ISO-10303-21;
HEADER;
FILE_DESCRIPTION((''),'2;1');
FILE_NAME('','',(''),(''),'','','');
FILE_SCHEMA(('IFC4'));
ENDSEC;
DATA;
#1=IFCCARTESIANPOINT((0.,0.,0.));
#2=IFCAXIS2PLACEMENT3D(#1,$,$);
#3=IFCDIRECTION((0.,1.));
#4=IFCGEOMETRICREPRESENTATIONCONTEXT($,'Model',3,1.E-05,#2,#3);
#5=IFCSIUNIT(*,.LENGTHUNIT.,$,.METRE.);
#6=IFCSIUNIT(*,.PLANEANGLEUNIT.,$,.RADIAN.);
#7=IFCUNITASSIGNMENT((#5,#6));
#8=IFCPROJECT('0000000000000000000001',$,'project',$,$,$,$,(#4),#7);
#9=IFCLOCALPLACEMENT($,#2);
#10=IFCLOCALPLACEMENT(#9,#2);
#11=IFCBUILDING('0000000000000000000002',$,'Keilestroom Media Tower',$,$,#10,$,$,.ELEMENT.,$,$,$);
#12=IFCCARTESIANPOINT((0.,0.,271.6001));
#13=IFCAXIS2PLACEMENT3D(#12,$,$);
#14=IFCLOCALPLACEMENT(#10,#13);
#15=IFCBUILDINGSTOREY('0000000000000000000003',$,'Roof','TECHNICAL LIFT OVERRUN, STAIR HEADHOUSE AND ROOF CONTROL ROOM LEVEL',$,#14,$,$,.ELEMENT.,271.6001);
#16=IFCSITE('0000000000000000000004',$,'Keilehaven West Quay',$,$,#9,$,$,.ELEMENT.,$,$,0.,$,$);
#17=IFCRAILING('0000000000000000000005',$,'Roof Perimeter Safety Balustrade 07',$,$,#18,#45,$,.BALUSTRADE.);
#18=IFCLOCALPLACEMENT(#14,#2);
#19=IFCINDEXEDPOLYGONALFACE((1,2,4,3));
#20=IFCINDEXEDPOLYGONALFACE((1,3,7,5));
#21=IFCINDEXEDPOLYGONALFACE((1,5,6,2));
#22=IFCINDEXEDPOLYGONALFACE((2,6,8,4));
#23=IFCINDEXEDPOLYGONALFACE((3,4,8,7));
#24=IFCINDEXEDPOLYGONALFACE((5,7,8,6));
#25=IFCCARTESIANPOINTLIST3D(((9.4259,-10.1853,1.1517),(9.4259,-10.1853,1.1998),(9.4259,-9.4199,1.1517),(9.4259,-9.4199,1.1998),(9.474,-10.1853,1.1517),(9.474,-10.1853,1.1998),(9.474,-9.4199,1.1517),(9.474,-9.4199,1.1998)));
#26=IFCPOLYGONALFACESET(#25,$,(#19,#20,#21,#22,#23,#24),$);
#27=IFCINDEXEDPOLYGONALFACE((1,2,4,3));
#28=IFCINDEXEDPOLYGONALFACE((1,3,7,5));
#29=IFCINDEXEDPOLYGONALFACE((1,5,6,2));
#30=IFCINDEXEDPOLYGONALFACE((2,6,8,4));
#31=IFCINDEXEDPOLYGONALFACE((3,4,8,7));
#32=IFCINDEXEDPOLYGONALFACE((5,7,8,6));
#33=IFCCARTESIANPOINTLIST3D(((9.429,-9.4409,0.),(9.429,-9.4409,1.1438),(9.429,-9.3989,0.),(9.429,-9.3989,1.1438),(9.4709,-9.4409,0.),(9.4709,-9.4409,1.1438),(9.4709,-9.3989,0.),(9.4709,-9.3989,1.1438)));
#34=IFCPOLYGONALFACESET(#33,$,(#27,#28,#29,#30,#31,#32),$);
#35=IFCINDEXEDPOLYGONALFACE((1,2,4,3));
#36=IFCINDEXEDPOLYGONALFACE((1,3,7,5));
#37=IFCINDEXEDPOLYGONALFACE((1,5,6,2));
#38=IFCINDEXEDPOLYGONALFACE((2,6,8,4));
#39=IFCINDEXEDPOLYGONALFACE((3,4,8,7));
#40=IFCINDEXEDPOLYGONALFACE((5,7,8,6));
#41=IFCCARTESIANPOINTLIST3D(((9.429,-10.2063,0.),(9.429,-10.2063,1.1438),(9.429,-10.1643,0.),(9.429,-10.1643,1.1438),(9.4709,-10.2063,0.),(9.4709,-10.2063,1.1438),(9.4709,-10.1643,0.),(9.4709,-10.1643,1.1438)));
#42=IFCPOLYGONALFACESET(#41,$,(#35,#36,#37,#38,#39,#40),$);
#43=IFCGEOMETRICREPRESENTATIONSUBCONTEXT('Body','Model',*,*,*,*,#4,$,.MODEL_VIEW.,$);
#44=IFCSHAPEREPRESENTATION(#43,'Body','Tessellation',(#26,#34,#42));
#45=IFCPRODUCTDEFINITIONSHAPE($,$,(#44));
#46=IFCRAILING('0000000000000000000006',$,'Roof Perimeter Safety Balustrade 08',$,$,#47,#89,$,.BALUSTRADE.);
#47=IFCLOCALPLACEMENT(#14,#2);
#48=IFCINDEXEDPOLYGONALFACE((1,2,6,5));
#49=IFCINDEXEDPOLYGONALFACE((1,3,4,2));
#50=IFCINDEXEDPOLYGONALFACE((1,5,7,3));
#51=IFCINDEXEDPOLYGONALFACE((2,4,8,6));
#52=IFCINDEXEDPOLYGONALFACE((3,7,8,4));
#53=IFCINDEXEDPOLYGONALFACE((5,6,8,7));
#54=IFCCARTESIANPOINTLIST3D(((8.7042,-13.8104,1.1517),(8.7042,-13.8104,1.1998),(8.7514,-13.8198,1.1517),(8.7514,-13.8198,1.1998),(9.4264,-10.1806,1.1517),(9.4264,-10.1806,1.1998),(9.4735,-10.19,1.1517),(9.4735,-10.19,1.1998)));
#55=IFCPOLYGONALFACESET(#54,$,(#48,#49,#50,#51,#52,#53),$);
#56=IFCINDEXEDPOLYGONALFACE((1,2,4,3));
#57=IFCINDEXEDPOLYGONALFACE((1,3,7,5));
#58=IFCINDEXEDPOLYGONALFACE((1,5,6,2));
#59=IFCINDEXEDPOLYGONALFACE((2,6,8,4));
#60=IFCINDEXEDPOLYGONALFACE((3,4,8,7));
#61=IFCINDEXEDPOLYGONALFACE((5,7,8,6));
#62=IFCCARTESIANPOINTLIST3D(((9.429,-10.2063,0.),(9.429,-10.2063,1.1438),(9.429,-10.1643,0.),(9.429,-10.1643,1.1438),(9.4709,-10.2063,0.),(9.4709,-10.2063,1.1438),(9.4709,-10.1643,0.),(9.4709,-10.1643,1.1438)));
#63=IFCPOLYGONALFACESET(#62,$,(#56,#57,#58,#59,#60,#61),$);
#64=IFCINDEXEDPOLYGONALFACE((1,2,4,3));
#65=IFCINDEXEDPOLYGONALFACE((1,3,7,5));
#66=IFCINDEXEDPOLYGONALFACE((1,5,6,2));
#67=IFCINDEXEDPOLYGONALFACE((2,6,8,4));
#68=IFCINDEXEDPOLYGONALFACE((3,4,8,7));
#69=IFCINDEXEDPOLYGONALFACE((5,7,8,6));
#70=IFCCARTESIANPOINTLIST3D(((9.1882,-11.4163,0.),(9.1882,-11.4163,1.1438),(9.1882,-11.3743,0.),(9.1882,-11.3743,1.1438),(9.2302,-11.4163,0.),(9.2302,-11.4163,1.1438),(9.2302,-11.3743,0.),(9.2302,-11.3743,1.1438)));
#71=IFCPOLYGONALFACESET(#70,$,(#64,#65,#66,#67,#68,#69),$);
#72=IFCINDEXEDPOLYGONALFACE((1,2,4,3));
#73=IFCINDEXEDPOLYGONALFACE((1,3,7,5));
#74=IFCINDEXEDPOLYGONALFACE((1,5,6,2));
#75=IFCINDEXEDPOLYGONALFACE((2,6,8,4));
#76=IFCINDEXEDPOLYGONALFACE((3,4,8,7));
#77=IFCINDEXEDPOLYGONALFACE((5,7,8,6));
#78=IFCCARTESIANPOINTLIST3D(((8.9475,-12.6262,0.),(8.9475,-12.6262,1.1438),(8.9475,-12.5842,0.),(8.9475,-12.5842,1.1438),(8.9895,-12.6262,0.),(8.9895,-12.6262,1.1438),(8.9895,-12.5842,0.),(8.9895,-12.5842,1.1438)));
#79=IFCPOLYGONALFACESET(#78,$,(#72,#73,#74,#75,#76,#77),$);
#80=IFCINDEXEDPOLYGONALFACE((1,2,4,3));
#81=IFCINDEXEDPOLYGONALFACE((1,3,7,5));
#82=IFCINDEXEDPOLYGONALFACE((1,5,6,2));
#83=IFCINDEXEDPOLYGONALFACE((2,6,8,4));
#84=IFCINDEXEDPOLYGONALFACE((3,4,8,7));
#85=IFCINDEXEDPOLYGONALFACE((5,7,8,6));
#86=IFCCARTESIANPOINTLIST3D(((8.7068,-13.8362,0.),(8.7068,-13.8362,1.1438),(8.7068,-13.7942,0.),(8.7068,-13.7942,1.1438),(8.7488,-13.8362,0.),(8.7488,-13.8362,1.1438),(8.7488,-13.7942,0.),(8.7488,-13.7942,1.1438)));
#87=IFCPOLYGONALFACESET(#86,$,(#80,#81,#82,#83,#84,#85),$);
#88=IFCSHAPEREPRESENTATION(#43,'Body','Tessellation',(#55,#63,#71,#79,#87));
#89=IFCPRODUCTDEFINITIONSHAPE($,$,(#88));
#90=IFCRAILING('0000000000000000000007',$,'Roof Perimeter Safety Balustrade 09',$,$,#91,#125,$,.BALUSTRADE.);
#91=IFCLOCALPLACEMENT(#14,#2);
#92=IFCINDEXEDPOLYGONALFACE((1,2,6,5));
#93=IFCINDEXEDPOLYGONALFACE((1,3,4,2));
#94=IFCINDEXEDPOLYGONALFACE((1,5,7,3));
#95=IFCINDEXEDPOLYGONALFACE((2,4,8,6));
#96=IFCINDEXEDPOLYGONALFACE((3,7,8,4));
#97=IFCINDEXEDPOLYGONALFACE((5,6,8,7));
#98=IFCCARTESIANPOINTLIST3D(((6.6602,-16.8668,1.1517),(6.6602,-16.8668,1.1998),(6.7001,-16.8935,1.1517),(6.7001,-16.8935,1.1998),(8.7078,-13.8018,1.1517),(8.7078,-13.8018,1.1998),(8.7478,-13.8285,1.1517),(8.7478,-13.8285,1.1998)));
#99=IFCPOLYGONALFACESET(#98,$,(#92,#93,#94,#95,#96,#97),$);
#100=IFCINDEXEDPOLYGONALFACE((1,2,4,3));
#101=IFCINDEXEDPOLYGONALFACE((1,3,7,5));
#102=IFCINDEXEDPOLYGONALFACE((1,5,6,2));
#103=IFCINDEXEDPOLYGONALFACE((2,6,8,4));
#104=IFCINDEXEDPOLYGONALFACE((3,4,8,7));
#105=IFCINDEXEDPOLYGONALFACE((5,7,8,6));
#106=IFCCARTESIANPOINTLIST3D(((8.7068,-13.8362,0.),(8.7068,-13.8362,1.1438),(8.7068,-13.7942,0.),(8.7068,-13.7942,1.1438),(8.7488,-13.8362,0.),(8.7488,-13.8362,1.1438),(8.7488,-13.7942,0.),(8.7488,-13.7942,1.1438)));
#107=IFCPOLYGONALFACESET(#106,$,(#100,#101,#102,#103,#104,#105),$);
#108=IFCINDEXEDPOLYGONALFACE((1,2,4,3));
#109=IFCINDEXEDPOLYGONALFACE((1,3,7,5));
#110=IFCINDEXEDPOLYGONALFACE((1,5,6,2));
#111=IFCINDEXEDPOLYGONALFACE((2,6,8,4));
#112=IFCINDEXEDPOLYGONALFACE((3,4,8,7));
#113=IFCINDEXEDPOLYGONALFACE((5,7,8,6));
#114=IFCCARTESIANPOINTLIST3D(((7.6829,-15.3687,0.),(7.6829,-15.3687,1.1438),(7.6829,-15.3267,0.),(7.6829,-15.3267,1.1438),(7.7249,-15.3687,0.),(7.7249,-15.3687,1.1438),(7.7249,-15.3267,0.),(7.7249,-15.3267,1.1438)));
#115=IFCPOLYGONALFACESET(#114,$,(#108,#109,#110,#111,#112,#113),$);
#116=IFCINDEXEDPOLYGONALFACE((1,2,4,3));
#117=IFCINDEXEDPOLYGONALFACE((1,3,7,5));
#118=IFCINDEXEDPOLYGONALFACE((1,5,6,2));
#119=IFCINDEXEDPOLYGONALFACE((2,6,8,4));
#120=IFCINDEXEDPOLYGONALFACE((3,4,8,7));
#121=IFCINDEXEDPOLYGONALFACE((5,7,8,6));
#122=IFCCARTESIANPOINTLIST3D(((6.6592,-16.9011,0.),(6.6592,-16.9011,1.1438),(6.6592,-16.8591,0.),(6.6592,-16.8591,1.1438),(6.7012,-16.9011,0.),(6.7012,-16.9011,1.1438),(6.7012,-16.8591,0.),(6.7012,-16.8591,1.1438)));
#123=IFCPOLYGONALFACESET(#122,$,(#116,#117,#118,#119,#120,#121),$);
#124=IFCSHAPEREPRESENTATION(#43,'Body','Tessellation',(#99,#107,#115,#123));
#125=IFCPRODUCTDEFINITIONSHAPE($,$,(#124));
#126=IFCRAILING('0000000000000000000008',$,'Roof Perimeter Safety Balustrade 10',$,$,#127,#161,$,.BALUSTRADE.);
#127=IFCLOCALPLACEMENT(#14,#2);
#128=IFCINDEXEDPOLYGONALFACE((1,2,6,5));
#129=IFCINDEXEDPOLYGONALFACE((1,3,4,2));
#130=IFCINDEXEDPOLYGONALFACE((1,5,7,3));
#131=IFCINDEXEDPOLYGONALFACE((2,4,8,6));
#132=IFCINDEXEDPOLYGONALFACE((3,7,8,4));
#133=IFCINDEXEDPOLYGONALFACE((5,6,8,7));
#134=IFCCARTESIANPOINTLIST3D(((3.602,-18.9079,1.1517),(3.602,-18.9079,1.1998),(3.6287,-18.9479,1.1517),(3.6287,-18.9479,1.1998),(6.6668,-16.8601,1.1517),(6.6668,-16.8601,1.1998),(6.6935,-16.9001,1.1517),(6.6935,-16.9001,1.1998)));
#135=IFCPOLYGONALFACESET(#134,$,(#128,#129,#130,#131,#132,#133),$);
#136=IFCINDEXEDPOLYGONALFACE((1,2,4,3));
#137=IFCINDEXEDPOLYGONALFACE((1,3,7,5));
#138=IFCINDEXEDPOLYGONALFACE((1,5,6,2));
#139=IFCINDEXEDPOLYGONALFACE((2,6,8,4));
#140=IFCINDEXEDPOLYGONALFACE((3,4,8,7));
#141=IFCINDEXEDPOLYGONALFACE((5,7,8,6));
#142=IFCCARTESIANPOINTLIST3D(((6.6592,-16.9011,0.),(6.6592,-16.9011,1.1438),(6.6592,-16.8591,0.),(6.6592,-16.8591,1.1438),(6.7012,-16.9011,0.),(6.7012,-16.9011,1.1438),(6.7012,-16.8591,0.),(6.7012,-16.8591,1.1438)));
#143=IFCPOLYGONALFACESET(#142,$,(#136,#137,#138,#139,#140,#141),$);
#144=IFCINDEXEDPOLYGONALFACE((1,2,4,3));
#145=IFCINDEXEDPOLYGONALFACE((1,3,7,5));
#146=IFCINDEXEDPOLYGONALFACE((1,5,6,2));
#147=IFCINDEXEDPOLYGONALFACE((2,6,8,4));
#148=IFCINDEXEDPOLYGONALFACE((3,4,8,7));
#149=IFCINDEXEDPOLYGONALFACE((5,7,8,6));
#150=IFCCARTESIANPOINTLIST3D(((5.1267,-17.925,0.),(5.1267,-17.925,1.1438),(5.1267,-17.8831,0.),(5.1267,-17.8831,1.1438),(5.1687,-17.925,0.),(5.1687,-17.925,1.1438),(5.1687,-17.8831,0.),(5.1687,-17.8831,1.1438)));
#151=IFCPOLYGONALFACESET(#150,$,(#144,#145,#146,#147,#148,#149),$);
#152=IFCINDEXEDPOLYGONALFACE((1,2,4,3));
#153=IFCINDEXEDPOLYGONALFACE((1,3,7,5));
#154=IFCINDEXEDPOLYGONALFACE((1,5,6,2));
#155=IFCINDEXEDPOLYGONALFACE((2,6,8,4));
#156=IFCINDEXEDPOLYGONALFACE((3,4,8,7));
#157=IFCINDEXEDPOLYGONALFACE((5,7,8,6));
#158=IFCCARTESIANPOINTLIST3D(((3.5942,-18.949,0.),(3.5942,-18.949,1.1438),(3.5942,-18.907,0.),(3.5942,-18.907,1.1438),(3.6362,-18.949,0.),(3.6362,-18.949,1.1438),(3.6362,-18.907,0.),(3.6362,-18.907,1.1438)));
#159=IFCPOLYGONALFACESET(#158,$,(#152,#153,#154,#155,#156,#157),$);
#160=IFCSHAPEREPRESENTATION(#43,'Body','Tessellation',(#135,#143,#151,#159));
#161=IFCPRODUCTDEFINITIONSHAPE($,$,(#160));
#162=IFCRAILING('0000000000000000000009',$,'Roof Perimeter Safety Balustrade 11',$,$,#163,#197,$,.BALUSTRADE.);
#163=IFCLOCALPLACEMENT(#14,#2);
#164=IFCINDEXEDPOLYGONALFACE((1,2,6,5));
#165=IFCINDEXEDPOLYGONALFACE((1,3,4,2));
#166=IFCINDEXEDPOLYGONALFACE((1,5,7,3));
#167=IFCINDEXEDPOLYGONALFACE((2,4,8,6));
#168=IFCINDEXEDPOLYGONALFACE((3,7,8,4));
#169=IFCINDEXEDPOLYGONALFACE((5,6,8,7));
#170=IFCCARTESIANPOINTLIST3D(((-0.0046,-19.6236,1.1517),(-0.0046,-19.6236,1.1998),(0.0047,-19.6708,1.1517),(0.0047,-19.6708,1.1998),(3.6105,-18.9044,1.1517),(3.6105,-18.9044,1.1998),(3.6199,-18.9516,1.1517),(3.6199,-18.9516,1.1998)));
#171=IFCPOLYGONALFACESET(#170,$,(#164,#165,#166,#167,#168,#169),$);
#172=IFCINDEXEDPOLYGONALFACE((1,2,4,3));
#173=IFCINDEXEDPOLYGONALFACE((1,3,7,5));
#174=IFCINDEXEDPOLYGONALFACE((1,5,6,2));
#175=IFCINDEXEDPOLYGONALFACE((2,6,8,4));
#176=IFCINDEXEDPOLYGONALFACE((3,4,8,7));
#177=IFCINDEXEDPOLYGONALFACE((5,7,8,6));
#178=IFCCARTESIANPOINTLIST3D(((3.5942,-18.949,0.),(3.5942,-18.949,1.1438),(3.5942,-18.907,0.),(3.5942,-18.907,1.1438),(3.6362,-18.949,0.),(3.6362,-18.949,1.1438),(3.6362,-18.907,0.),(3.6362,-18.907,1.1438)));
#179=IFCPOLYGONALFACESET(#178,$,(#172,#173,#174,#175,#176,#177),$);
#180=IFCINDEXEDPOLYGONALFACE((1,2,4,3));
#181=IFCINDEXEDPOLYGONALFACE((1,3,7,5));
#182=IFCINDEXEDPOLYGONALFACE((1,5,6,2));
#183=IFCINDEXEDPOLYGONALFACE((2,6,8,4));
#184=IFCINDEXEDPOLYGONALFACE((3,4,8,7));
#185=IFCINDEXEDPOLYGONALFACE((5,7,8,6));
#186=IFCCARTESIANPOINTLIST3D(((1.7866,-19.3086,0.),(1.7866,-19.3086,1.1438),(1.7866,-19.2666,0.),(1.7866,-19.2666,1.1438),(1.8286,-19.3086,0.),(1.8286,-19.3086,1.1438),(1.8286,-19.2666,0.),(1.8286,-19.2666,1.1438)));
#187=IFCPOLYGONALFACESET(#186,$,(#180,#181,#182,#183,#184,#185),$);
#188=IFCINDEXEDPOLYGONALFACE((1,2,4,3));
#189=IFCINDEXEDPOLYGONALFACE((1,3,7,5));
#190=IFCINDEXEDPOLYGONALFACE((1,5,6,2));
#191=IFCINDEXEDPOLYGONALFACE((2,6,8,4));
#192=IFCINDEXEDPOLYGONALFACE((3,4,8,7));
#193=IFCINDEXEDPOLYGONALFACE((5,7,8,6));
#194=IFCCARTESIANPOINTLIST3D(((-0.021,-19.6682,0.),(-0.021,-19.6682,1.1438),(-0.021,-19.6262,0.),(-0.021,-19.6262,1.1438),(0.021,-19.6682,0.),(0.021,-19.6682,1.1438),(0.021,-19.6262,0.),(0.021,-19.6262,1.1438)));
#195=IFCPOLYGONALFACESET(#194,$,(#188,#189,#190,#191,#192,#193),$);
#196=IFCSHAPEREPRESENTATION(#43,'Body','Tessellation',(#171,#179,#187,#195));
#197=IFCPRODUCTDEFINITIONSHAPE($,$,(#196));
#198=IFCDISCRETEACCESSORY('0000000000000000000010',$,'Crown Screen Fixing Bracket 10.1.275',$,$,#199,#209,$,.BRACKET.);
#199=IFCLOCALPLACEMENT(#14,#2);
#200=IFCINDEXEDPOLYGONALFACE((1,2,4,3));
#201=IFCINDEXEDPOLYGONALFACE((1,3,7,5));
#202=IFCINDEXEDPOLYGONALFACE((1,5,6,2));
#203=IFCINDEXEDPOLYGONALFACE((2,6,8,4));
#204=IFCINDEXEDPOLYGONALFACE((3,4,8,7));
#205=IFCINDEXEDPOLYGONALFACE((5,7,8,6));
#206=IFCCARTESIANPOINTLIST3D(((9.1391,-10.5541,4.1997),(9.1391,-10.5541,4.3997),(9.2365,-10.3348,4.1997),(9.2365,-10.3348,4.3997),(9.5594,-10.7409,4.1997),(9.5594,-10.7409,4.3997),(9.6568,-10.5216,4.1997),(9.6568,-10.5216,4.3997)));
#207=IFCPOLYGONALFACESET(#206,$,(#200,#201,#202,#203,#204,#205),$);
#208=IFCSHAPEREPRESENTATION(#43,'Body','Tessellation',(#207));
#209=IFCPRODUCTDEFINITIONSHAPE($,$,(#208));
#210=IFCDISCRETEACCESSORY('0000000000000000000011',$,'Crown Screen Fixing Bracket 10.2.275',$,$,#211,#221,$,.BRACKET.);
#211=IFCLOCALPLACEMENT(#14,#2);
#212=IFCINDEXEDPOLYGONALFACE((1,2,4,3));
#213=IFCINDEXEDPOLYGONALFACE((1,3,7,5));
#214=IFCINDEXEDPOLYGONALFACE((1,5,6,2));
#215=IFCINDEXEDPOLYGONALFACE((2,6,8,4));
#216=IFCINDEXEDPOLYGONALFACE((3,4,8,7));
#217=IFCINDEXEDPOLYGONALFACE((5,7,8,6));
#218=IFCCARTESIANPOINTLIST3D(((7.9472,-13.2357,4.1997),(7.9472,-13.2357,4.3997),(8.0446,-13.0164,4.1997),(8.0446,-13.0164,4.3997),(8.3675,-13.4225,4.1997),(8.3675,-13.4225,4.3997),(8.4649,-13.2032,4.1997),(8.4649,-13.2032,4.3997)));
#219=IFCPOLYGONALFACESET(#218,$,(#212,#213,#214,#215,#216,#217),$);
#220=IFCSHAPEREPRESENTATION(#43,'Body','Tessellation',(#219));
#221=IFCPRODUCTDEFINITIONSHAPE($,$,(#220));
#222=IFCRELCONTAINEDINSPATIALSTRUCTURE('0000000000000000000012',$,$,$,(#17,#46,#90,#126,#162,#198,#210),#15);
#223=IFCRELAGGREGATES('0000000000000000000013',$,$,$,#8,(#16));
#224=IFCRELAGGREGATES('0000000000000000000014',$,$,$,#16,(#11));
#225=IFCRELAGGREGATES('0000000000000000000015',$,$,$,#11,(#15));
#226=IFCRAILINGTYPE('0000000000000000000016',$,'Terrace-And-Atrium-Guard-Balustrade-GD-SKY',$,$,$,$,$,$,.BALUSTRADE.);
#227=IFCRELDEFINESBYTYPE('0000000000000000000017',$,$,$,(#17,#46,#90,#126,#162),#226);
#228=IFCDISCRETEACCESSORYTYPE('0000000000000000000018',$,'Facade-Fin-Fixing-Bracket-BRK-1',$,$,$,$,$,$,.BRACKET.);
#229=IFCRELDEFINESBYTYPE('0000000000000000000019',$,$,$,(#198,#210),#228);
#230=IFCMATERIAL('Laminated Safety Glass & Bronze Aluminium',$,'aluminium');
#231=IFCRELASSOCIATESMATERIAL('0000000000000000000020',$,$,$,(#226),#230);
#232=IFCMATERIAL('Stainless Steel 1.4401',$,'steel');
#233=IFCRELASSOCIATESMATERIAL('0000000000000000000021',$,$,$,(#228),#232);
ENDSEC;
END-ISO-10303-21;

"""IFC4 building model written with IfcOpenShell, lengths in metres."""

from ifc_helpers import new_model, si_unit, direction, frame, origin, origin_2d, place, context, subcontext, project, spatial, rectangle, extrude, source, transform, mapped, material, type_object, element, save


model = new_model("IFC4")

# Units and contexts
model_context = context("Model", 3, precision=1e-05, world=origin(), true_north=direction((0.0, 1.0)))
body_context = subcontext(model_context, "Body", "Model", "MODEL_VIEW")
ifc_project = project(units=[si_unit("LENGTHUNIT", "METRE"), si_unit("PLANEANGLEUNIT", "RADIAN")], contexts=[model_context])

# Site, building, storey
site_placement = place(None, origin())
site = spatial("IfcSite", under=ifc_project, at=site_placement, Name="Keilehaven West Quay", CompositionType="ELEMENT", RefElevation=0.0)
building_placement = place(site_placement, origin())
building = spatial("IfcBuilding", under=site, at=building_placement, Name="Keilestroom Media Tower", CompositionType="ELEMENT")
storey_placement = place(building_placement, frame((0.0, 0.0, 271.6001)))
storey = spatial("IfcBuildingStorey", under=building, at=storey_placement, Name="Roof", Description="TECHNICAL LIFT OVERRUN, STAIR HEADHOUSE AND ROOF CONTROL ROOM LEVEL", CompositionType="ELEMENT", Elevation=271.6001)

# Railings
ifc_material_1 = material(Name="Laminated Safety Glass & Bronze Aluminium", Category="aluminium")
railing_type = type_object("IfcRailingType", Name="Terrace-And-Atrium-Guard-Balustrade-GD-SKY", PredefinedType="BALUSTRADE", material=ifc_material_1)
railing_1_placement = place(storey_placement, frame((9.45, -9.4199, 0.0)))
element("IfcRailing", 1, at=railing_1_placement, inside=storey, type_object=railing_type, Name="Roof Perimeter Safety Balustrade 07", PredefinedType="BALUSTRADE", context=body_context, shape_type="SweptSolid", body=[
    extrude(rectangle(XDim=0.0481, YDim=0.0481, at=origin_2d()), frame((0.0, 0.0, 1.1758), z_axis=(0.0, -1.0, 0.0), x_axis=(1.0, 0.0, 0.0)), (0.0, 0.0, 1.0), 0.7654),
    extrude(rectangle(XDim=0.042, YDim=0.042, at=origin_2d()), origin(), (0.0, 0.0, 1.0), 1.1438),
    extrude(rectangle(XDim=0.042, YDim=0.042, at=origin_2d()), frame((0.0, -0.7654, 0.0)), (0.0, 0.0, 1.0), 1.1438),
])
railing_2_placement = place(storey_placement, frame((9.45, -10.1853, 0.0)))
element("IfcRailing", 2, at=railing_2_placement, inside=storey, type_object=railing_type, Name="Roof Perimeter Safety Balustrade 08", PredefinedType="BALUSTRADE", context=body_context, shape_type="SweptSolid", body=[
    extrude(rectangle(XDim=0.0481, YDim=0.0481, at=origin_2d()), frame((0.0, 0.0, 1.1758), z_axis=(-0.195127, -0.980778, 0.0), x_axis=(0.980778, -0.195127, 0.0)), (0.0, 0.0, 1.0), 3.7009),
    extrude(rectangle(XDim=0.042, YDim=0.042, at=origin_2d()), origin(), (0.0, 0.0, 1.0), 1.1438),
    extrude(rectangle(XDim=0.042, YDim=0.042, at=origin_2d()), frame((-0.2407, -1.21, 0.0)), (0.0, 0.0, 1.0), 1.1438),
    extrude(rectangle(XDim=0.042, YDim=0.042, at=origin_2d()), frame((-0.4814, -2.4199, 0.0)), (0.0, 0.0, 1.0), 1.1438),
    extrude(rectangle(XDim=0.042, YDim=0.042, at=origin_2d()), frame((-0.7222, -3.6299, 0.0)), (0.0, 0.0, 1.0), 1.1438),
])
railing_3_placement = place(storey_placement, frame((8.7278, -13.8152, 0.0)))
element("IfcRailing", 3, at=railing_3_placement, inside=storey, type_object=railing_type, Name="Roof Perimeter Safety Balustrade 09", PredefinedType="BALUSTRADE", context=body_context, shape_type="SweptSolid", body=[
    extrude(rectangle(XDim=0.0481, YDim=0.0481, at=origin_2d()), frame((0.0, 0.0, 1.1758), z_axis=(-0.55551, -0.83151, 0.0), x_axis=(0.83151, -0.55551, 0.0)), (0.0, 0.0, 1.0), 3.686),
    extrude(rectangle(XDim=0.042, YDim=0.042, at=origin_2d()), origin(), (0.0, 0.0, 1.0), 1.1438),
    extrude(rectangle(XDim=0.042, YDim=0.042, at=origin_2d()), frame((-1.0239, -1.5325, 0.0)), (0.0, 0.0, 1.0), 1.1438),
    extrude(rectangle(XDim=0.042, YDim=0.042, at=origin_2d()), frame((-2.0476, -3.0649, 0.0)), (0.0, 0.0, 1.0), 1.1438),
])
railing_4_placement = place(storey_placement, frame((6.6802, -16.8801, 0.0)))
element("IfcRailing", 4, at=railing_4_placement, inside=storey, type_object=railing_type, Name="Roof Perimeter Safety Balustrade 10", PredefinedType="BALUSTRADE", context=body_context, shape_type="SweptSolid", body=[
    extrude(rectangle(XDim=0.0481, YDim=0.0481, at=origin_2d()), frame((0.0, 0.0, 1.1758), z_axis=(-0.831479, -0.555556, 0.0), x_axis=(0.555556, -0.831479, 0.0)), (0.0, 0.0, 1.0), 3.686),
    extrude(rectangle(XDim=0.042, YDim=0.042, at=origin_2d()), origin(), (0.0, 0.0, 1.0), 1.1438),
    extrude(rectangle(XDim=0.042, YDim=0.042, at=origin_2d()), frame((-1.5325, -1.0239, 0.0)), (0.0, 0.0, 1.0), 1.1438),
    extrude(rectangle(XDim=0.042, YDim=0.042, at=origin_2d()), frame((-3.0649, -2.0479, 0.0)), (0.0, 0.0, 1.0), 1.1438),
])
railing_5_placement = place(storey_placement, frame((3.6152, -18.928, 0.0)))
element("IfcRailing", 5, at=railing_5_placement, inside=storey, type_object=railing_type, Name="Roof Perimeter Safety Balustrade 11", PredefinedType="BALUSTRADE", context=body_context, shape_type="SweptSolid", body=[
    extrude(rectangle(XDim=0.0481, YDim=0.0481, at=origin_2d()), frame((0.0, 0.0, 1.1758), z_axis=(-0.980779, -0.195123, 0.0), x_axis=(0.195123, -0.980779, 0.0)), (0.0, 0.0, 1.0), 3.686),
    extrude(rectangle(XDim=0.042, YDim=0.042, at=origin_2d()), origin(), (0.0, 0.0, 1.0), 1.1438),
    extrude(rectangle(XDim=0.042, YDim=0.042, at=origin_2d()), frame((-1.8076, -0.3596, 0.0)), (0.0, 0.0, 1.0), 1.1438),
    extrude(rectangle(XDim=0.042, YDim=0.042, at=origin_2d()), frame((-3.6152, -0.7192, 0.0)), (0.0, 0.0, 1.0), 1.1438),
])

# Discrete accessories
ifc_material_2 = material(Name="Stainless Steel 1.4401", Category="steel")
discrete_accessory_type = type_object("IfcDiscreteAccessoryType", Name="Facade-Fin-Fixing-Bracket-BRK-1", PredefinedType="BRACKET", material=ifc_material_2)
shared_shape_1 = source(origin(), body_context, "Body", "SweptSolid", [
    extrude(rectangle(XDim=0.24, YDim=0.46, at=origin_2d()), origin(), (0.0, 0.0, 1.0), 0.2),
])
for number, where, z_axis, x_axis, name in (
    (6, (9.3979, -10.5378, 4.1997), (0.0, 0.0, 1.0), (-0.406139, -0.913811, 0.0), "Crown Screen Fixing Bracket 10.1.275"),
    (7, (8.2061, -13.2195, 4.1997), (0.0, 0.0, 1.0), (-0.406139, -0.913811, 0.0), "Crown Screen Fixing Bracket 10.2.275"),
):
    element("IfcDiscreteAccessory", number, at=place(storey_placement, frame(where, z_axis=z_axis, x_axis=x_axis)), inside=storey, type_object=discrete_accessory_type, Name=name, PredefinedType="BRACKET", context=body_context, shape_type="MappedRepresentation", body=[
        mapped(shared_shape_1, transform((0.0, 0.0, 0.0), x_axis=(1.0, 0.0, 0.0), y_axis=(0.0, 1.0, 0.0), z_axis=(0.0, 0.0, 1.0), scale=1.0)),
    ])

save(model, "model.ifc")
